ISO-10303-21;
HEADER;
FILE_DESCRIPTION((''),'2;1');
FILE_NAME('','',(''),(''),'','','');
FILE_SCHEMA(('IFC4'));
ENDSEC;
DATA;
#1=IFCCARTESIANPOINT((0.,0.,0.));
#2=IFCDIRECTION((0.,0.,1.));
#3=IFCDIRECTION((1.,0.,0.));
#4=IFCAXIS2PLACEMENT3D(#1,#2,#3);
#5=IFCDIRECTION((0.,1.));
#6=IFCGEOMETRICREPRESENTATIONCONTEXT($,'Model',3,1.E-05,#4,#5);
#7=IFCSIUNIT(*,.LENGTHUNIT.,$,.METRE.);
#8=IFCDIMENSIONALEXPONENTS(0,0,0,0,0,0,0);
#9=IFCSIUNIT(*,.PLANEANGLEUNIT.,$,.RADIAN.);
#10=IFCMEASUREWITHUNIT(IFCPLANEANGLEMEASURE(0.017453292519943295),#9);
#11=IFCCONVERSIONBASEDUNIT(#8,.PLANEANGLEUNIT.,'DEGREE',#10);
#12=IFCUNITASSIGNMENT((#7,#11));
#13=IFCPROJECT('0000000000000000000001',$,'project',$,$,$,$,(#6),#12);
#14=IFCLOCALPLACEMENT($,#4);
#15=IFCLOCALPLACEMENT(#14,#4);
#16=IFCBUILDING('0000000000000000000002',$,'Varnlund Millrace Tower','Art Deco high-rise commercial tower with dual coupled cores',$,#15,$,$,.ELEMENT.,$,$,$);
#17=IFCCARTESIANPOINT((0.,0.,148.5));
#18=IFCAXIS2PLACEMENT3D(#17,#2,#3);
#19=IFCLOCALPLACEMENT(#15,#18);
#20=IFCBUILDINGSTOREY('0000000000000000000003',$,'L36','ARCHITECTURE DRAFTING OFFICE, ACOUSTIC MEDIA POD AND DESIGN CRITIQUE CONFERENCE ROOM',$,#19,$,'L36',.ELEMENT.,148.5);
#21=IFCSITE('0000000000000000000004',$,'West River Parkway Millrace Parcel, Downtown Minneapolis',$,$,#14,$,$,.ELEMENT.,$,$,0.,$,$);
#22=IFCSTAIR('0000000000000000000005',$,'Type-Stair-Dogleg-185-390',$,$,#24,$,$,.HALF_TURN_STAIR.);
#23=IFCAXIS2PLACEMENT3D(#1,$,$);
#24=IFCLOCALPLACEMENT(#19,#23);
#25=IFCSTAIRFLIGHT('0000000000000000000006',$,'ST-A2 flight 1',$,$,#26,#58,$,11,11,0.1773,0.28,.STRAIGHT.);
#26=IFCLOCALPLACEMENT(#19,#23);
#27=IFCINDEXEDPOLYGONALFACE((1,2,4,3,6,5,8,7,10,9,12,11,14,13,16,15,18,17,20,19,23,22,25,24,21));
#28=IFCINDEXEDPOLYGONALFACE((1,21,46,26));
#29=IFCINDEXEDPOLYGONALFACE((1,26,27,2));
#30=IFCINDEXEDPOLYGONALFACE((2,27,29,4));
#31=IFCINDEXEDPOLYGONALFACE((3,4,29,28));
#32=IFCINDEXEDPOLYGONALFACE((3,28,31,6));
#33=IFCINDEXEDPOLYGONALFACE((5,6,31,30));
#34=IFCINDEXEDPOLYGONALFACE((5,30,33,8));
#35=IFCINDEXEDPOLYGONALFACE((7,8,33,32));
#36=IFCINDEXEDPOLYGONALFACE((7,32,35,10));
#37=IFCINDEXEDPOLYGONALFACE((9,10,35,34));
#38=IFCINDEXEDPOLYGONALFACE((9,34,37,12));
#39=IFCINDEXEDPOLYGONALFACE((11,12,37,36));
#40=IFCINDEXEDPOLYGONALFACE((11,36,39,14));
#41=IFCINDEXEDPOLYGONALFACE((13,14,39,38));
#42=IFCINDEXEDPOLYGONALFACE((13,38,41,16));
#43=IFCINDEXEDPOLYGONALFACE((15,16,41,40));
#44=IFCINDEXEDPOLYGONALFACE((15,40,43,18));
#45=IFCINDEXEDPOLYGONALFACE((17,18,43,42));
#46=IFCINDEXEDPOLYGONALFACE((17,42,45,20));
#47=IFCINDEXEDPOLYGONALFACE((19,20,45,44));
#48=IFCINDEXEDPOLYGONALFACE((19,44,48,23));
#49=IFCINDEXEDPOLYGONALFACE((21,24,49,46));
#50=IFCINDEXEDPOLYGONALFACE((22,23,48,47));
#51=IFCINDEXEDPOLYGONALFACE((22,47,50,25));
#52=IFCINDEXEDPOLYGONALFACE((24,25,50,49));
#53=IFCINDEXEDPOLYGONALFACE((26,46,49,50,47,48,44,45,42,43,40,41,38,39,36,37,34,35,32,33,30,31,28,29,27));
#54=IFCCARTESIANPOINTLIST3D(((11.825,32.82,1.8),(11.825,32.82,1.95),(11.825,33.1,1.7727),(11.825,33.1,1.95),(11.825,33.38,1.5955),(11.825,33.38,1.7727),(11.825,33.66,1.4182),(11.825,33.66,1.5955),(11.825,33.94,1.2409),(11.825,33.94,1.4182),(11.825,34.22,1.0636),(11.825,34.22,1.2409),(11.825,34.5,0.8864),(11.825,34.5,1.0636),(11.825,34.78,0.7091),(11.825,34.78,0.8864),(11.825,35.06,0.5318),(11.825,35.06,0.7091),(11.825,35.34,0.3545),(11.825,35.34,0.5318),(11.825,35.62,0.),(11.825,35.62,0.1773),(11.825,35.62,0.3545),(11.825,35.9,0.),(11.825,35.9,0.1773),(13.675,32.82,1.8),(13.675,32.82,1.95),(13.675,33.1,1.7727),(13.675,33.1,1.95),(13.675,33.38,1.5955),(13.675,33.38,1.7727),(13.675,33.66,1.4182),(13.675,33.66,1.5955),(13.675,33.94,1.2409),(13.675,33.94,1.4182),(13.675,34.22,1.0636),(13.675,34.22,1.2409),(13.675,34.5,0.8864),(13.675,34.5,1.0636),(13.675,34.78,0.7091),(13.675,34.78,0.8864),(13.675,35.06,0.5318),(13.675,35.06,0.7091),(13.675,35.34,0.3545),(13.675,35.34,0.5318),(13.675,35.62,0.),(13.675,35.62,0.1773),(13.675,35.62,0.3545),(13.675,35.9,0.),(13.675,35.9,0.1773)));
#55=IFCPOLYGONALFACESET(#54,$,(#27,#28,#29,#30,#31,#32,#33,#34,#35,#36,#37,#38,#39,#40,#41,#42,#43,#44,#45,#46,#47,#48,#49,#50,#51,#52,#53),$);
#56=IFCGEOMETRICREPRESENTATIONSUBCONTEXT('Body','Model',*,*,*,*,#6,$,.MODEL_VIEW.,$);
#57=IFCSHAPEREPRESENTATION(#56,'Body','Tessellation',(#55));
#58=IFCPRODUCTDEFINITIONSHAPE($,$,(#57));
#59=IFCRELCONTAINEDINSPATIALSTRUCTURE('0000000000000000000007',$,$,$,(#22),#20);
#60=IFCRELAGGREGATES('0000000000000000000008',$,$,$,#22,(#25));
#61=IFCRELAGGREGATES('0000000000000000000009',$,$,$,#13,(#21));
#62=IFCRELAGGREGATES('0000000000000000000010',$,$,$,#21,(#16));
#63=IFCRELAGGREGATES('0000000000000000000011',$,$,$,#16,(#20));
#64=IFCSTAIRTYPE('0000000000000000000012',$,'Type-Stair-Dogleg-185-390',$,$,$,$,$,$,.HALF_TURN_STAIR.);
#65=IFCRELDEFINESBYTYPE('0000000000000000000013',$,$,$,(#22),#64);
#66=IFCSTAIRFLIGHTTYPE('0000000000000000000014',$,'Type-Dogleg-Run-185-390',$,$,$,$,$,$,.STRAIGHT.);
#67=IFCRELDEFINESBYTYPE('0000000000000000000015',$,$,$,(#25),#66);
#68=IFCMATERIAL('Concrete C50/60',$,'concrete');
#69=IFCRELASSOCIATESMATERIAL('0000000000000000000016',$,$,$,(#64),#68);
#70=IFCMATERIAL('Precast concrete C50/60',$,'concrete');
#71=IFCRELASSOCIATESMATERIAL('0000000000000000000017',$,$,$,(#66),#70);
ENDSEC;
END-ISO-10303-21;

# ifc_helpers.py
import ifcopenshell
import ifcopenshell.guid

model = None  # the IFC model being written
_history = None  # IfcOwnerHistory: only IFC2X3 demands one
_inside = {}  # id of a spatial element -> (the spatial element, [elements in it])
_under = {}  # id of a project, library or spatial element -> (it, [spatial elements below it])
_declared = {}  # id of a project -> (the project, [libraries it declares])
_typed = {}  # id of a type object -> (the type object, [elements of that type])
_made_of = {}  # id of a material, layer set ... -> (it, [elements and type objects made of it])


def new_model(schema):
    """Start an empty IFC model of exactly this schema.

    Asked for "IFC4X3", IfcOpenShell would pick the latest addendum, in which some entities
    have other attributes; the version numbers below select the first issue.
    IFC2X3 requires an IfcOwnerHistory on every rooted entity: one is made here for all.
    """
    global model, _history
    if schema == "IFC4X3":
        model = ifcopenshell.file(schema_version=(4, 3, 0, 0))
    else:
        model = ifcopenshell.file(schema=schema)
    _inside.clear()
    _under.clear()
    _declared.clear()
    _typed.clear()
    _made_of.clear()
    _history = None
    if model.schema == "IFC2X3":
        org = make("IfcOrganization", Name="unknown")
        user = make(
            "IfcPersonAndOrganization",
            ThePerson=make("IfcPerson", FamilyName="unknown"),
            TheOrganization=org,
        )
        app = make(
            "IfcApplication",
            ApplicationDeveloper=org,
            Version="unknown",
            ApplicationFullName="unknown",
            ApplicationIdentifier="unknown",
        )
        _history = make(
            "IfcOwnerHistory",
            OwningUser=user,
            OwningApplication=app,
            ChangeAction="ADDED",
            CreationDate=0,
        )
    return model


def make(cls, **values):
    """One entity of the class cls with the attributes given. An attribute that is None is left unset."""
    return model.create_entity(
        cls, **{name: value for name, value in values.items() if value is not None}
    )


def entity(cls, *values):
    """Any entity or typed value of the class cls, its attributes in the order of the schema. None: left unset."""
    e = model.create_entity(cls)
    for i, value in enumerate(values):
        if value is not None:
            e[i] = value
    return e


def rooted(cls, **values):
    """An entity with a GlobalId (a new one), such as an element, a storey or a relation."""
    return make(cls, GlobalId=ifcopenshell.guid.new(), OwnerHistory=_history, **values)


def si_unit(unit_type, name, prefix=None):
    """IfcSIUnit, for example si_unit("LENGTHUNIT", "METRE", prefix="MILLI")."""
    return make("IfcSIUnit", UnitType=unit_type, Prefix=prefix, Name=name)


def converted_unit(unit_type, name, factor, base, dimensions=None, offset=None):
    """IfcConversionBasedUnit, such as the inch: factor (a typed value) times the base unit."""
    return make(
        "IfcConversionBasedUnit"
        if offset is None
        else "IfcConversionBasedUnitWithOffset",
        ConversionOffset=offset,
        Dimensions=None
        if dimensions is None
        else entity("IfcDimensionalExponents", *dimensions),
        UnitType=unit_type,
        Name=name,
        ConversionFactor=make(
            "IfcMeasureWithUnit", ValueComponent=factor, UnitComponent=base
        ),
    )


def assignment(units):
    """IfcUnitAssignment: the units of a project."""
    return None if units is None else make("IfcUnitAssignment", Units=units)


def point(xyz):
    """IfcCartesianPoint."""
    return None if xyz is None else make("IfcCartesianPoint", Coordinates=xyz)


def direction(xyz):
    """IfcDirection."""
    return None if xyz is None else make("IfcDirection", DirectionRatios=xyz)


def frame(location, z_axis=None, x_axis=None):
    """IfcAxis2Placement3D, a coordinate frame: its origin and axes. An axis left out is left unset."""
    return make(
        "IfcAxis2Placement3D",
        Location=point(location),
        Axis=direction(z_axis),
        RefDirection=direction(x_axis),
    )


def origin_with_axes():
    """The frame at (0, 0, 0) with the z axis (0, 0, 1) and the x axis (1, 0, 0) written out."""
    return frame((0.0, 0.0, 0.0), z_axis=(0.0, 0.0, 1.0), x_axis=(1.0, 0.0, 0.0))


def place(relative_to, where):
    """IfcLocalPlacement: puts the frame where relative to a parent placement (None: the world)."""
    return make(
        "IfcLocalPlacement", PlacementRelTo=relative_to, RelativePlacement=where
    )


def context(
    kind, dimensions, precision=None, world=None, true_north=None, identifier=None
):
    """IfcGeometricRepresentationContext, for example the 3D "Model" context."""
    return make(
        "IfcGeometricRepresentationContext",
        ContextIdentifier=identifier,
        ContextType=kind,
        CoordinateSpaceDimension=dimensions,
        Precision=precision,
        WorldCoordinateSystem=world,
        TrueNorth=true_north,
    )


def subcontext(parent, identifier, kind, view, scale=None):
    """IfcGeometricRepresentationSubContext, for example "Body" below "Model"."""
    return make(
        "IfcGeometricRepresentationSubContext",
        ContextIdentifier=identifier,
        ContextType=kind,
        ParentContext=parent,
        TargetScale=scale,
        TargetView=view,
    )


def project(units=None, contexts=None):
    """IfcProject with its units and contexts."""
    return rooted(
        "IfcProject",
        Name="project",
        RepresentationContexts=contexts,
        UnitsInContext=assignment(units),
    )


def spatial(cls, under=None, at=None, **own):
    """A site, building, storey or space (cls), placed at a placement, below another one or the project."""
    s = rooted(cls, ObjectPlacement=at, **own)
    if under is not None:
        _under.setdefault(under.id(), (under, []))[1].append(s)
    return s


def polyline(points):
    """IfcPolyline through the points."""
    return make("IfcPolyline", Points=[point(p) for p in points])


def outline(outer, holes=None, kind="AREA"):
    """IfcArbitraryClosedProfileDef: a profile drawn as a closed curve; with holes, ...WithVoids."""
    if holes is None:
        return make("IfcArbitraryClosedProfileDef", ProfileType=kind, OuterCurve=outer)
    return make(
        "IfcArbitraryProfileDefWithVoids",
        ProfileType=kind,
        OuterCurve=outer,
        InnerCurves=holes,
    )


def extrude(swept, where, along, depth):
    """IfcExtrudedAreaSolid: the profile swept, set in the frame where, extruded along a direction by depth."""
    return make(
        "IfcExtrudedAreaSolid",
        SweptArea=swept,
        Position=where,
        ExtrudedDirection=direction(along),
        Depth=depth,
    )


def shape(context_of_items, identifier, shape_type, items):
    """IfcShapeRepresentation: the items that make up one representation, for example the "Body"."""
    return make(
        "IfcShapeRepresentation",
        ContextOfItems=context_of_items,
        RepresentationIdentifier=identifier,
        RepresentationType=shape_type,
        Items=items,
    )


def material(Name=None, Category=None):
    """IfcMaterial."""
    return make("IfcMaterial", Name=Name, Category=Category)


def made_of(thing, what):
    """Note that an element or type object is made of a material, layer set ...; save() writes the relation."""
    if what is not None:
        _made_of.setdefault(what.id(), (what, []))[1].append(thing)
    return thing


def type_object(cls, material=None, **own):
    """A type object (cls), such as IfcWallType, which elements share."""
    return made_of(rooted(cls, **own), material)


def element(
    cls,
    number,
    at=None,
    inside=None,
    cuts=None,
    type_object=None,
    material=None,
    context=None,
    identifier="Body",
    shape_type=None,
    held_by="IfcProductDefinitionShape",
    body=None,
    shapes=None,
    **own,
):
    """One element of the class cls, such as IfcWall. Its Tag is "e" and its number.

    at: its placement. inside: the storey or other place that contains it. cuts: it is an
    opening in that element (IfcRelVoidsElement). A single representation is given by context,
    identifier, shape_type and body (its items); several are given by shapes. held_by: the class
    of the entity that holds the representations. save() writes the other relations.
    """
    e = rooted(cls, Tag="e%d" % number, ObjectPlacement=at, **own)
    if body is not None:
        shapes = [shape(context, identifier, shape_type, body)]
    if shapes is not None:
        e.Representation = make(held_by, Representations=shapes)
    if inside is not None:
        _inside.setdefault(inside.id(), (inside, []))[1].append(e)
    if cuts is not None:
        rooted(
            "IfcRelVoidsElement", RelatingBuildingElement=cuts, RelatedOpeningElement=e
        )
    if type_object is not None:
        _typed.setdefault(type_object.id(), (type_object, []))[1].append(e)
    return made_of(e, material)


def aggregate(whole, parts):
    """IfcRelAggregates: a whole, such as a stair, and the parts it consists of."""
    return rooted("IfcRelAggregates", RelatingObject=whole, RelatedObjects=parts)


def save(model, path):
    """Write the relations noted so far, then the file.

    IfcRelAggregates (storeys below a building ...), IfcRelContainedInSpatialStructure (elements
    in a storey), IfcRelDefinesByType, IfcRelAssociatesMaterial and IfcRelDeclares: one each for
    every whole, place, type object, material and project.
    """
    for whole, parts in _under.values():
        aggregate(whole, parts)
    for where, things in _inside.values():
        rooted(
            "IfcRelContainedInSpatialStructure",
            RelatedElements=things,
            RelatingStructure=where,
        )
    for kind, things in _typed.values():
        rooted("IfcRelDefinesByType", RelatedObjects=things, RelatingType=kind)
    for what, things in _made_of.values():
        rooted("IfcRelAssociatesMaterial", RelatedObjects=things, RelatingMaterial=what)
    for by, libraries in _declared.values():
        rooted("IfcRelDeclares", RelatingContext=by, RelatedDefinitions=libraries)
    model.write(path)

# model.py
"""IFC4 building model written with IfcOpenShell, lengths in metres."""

from ifc_helpers import new_model, entity, si_unit, converted_unit, direction, frame, origin_with_axes, place, context, subcontext, project, spatial, polyline, outline, extrude, material, type_object, element, aggregate, save


model = new_model("IFC4")

# Units and contexts
model_context = context("Model", 3, precision=1e-05, world=origin_with_axes(), true_north=direction((0.0, 1.0)))
body_context = subcontext(model_context, "Body", "Model", "MODEL_VIEW")
ifc_project = project(units=[si_unit("LENGTHUNIT", "METRE"), converted_unit("PLANEANGLEUNIT", "DEGREE", entity("IfcPlaneAngleMeasure", 0.017453292519943295), si_unit("PLANEANGLEUNIT", "RADIAN"), dimensions=[0, 0, 0, 0, 0, 0, 0])], contexts=[model_context])

# Site, building, storey
site_placement = place(None, origin_with_axes())
site = spatial("IfcSite", under=ifc_project, at=site_placement, Name="West River Parkway Millrace Parcel, Downtown Minneapolis", CompositionType="ELEMENT", RefElevation=0.0)
building_placement = place(site_placement, origin_with_axes())
building = spatial("IfcBuilding", under=site, at=building_placement, Name="Varnlund Millrace Tower", Description="Art Deco high-rise commercial tower with dual coupled cores", CompositionType="ELEMENT")
storey_placement = place(building_placement, frame((0.0, 0.0, 148.5), z_axis=(0.0, 0.0, 1.0), x_axis=(1.0, 0.0, 0.0)))
storey = spatial("IfcBuildingStorey", under=building, at=storey_placement, Name="L36", Description="ARCHITECTURE DRAFTING OFFICE, ACOUSTIC MEDIA POD AND DESIGN CRITIQUE CONFERENCE ROOM", LongName="L36", CompositionType="ELEMENT", Elevation=148.5)

# Stair, stair flight
ifc_material_1 = material(Name="Concrete C50/60", Category="concrete")
ifc_material_2 = material(Name="Precast concrete C50/60", Category="concrete")
stair_type_1 = type_object("IfcStairType", Name="Type-Stair-Dogleg-185-390", PredefinedType="HALF_TURN_STAIR", material=ifc_material_1)
stair_1_placement = place(storey_placement, origin_with_axes())
stair_1 = element("IfcStair", 1, at=stair_1_placement, inside=storey, type_object=stair_type_1, Name="Type-Stair-Dogleg-185-390", PredefinedType="HALF_TURN_STAIR")
stair_flight_type_1 = type_object("IfcStairFlightType", Name="Type-Dogleg-Run-185-390", PredefinedType="STRAIGHT", material=ifc_material_2)
stair_flight_1_placement = place(storey_placement, frame((13.675, 35.9, 0.0), z_axis=(-1.0, 0.0, 0.0), x_axis=(0.0, -1.0, 0.0)))
stair_flight_1 = element("IfcStairFlight", 2, at=stair_flight_1_placement, type_object=stair_flight_type_1, Name="ST-A2 flight 1", NumberOfRisers=11, NumberOfTreads=11, PredefinedType="STRAIGHT", RiserHeight=0.1773, TreadLength=0.28, context=body_context, shape_type="SweptSolid", body=[
    extrude(outline(polyline([(0.0, 0.0), (0.0, 0.1773), (0.28, 0.1773), (0.28, 0.3545), (0.56, 0.3545), (0.56, 0.5318), (0.84, 0.5318), (0.84, 0.7091), (1.12, 0.7091), (1.12, 0.8864), (1.4, 0.8864), (1.4, 1.0636), (1.68, 1.0636), (1.68, 1.2409), (1.96, 1.2409), (1.96, 1.4182), (2.24, 1.4182), (2.24, 1.5955), (2.52, 1.5955), (2.52, 1.7727), (2.8, 1.7727), (2.8, 1.95), (3.08, 1.95), (3.08, 1.8), (0.28, 0.0), (0.0, 0.0)])), origin_with_axes(), (0.0, 0.0, 1.0), 1.85),
])
aggregate(stair_1, [stair_flight_1])

save(model, "model.ifc")
